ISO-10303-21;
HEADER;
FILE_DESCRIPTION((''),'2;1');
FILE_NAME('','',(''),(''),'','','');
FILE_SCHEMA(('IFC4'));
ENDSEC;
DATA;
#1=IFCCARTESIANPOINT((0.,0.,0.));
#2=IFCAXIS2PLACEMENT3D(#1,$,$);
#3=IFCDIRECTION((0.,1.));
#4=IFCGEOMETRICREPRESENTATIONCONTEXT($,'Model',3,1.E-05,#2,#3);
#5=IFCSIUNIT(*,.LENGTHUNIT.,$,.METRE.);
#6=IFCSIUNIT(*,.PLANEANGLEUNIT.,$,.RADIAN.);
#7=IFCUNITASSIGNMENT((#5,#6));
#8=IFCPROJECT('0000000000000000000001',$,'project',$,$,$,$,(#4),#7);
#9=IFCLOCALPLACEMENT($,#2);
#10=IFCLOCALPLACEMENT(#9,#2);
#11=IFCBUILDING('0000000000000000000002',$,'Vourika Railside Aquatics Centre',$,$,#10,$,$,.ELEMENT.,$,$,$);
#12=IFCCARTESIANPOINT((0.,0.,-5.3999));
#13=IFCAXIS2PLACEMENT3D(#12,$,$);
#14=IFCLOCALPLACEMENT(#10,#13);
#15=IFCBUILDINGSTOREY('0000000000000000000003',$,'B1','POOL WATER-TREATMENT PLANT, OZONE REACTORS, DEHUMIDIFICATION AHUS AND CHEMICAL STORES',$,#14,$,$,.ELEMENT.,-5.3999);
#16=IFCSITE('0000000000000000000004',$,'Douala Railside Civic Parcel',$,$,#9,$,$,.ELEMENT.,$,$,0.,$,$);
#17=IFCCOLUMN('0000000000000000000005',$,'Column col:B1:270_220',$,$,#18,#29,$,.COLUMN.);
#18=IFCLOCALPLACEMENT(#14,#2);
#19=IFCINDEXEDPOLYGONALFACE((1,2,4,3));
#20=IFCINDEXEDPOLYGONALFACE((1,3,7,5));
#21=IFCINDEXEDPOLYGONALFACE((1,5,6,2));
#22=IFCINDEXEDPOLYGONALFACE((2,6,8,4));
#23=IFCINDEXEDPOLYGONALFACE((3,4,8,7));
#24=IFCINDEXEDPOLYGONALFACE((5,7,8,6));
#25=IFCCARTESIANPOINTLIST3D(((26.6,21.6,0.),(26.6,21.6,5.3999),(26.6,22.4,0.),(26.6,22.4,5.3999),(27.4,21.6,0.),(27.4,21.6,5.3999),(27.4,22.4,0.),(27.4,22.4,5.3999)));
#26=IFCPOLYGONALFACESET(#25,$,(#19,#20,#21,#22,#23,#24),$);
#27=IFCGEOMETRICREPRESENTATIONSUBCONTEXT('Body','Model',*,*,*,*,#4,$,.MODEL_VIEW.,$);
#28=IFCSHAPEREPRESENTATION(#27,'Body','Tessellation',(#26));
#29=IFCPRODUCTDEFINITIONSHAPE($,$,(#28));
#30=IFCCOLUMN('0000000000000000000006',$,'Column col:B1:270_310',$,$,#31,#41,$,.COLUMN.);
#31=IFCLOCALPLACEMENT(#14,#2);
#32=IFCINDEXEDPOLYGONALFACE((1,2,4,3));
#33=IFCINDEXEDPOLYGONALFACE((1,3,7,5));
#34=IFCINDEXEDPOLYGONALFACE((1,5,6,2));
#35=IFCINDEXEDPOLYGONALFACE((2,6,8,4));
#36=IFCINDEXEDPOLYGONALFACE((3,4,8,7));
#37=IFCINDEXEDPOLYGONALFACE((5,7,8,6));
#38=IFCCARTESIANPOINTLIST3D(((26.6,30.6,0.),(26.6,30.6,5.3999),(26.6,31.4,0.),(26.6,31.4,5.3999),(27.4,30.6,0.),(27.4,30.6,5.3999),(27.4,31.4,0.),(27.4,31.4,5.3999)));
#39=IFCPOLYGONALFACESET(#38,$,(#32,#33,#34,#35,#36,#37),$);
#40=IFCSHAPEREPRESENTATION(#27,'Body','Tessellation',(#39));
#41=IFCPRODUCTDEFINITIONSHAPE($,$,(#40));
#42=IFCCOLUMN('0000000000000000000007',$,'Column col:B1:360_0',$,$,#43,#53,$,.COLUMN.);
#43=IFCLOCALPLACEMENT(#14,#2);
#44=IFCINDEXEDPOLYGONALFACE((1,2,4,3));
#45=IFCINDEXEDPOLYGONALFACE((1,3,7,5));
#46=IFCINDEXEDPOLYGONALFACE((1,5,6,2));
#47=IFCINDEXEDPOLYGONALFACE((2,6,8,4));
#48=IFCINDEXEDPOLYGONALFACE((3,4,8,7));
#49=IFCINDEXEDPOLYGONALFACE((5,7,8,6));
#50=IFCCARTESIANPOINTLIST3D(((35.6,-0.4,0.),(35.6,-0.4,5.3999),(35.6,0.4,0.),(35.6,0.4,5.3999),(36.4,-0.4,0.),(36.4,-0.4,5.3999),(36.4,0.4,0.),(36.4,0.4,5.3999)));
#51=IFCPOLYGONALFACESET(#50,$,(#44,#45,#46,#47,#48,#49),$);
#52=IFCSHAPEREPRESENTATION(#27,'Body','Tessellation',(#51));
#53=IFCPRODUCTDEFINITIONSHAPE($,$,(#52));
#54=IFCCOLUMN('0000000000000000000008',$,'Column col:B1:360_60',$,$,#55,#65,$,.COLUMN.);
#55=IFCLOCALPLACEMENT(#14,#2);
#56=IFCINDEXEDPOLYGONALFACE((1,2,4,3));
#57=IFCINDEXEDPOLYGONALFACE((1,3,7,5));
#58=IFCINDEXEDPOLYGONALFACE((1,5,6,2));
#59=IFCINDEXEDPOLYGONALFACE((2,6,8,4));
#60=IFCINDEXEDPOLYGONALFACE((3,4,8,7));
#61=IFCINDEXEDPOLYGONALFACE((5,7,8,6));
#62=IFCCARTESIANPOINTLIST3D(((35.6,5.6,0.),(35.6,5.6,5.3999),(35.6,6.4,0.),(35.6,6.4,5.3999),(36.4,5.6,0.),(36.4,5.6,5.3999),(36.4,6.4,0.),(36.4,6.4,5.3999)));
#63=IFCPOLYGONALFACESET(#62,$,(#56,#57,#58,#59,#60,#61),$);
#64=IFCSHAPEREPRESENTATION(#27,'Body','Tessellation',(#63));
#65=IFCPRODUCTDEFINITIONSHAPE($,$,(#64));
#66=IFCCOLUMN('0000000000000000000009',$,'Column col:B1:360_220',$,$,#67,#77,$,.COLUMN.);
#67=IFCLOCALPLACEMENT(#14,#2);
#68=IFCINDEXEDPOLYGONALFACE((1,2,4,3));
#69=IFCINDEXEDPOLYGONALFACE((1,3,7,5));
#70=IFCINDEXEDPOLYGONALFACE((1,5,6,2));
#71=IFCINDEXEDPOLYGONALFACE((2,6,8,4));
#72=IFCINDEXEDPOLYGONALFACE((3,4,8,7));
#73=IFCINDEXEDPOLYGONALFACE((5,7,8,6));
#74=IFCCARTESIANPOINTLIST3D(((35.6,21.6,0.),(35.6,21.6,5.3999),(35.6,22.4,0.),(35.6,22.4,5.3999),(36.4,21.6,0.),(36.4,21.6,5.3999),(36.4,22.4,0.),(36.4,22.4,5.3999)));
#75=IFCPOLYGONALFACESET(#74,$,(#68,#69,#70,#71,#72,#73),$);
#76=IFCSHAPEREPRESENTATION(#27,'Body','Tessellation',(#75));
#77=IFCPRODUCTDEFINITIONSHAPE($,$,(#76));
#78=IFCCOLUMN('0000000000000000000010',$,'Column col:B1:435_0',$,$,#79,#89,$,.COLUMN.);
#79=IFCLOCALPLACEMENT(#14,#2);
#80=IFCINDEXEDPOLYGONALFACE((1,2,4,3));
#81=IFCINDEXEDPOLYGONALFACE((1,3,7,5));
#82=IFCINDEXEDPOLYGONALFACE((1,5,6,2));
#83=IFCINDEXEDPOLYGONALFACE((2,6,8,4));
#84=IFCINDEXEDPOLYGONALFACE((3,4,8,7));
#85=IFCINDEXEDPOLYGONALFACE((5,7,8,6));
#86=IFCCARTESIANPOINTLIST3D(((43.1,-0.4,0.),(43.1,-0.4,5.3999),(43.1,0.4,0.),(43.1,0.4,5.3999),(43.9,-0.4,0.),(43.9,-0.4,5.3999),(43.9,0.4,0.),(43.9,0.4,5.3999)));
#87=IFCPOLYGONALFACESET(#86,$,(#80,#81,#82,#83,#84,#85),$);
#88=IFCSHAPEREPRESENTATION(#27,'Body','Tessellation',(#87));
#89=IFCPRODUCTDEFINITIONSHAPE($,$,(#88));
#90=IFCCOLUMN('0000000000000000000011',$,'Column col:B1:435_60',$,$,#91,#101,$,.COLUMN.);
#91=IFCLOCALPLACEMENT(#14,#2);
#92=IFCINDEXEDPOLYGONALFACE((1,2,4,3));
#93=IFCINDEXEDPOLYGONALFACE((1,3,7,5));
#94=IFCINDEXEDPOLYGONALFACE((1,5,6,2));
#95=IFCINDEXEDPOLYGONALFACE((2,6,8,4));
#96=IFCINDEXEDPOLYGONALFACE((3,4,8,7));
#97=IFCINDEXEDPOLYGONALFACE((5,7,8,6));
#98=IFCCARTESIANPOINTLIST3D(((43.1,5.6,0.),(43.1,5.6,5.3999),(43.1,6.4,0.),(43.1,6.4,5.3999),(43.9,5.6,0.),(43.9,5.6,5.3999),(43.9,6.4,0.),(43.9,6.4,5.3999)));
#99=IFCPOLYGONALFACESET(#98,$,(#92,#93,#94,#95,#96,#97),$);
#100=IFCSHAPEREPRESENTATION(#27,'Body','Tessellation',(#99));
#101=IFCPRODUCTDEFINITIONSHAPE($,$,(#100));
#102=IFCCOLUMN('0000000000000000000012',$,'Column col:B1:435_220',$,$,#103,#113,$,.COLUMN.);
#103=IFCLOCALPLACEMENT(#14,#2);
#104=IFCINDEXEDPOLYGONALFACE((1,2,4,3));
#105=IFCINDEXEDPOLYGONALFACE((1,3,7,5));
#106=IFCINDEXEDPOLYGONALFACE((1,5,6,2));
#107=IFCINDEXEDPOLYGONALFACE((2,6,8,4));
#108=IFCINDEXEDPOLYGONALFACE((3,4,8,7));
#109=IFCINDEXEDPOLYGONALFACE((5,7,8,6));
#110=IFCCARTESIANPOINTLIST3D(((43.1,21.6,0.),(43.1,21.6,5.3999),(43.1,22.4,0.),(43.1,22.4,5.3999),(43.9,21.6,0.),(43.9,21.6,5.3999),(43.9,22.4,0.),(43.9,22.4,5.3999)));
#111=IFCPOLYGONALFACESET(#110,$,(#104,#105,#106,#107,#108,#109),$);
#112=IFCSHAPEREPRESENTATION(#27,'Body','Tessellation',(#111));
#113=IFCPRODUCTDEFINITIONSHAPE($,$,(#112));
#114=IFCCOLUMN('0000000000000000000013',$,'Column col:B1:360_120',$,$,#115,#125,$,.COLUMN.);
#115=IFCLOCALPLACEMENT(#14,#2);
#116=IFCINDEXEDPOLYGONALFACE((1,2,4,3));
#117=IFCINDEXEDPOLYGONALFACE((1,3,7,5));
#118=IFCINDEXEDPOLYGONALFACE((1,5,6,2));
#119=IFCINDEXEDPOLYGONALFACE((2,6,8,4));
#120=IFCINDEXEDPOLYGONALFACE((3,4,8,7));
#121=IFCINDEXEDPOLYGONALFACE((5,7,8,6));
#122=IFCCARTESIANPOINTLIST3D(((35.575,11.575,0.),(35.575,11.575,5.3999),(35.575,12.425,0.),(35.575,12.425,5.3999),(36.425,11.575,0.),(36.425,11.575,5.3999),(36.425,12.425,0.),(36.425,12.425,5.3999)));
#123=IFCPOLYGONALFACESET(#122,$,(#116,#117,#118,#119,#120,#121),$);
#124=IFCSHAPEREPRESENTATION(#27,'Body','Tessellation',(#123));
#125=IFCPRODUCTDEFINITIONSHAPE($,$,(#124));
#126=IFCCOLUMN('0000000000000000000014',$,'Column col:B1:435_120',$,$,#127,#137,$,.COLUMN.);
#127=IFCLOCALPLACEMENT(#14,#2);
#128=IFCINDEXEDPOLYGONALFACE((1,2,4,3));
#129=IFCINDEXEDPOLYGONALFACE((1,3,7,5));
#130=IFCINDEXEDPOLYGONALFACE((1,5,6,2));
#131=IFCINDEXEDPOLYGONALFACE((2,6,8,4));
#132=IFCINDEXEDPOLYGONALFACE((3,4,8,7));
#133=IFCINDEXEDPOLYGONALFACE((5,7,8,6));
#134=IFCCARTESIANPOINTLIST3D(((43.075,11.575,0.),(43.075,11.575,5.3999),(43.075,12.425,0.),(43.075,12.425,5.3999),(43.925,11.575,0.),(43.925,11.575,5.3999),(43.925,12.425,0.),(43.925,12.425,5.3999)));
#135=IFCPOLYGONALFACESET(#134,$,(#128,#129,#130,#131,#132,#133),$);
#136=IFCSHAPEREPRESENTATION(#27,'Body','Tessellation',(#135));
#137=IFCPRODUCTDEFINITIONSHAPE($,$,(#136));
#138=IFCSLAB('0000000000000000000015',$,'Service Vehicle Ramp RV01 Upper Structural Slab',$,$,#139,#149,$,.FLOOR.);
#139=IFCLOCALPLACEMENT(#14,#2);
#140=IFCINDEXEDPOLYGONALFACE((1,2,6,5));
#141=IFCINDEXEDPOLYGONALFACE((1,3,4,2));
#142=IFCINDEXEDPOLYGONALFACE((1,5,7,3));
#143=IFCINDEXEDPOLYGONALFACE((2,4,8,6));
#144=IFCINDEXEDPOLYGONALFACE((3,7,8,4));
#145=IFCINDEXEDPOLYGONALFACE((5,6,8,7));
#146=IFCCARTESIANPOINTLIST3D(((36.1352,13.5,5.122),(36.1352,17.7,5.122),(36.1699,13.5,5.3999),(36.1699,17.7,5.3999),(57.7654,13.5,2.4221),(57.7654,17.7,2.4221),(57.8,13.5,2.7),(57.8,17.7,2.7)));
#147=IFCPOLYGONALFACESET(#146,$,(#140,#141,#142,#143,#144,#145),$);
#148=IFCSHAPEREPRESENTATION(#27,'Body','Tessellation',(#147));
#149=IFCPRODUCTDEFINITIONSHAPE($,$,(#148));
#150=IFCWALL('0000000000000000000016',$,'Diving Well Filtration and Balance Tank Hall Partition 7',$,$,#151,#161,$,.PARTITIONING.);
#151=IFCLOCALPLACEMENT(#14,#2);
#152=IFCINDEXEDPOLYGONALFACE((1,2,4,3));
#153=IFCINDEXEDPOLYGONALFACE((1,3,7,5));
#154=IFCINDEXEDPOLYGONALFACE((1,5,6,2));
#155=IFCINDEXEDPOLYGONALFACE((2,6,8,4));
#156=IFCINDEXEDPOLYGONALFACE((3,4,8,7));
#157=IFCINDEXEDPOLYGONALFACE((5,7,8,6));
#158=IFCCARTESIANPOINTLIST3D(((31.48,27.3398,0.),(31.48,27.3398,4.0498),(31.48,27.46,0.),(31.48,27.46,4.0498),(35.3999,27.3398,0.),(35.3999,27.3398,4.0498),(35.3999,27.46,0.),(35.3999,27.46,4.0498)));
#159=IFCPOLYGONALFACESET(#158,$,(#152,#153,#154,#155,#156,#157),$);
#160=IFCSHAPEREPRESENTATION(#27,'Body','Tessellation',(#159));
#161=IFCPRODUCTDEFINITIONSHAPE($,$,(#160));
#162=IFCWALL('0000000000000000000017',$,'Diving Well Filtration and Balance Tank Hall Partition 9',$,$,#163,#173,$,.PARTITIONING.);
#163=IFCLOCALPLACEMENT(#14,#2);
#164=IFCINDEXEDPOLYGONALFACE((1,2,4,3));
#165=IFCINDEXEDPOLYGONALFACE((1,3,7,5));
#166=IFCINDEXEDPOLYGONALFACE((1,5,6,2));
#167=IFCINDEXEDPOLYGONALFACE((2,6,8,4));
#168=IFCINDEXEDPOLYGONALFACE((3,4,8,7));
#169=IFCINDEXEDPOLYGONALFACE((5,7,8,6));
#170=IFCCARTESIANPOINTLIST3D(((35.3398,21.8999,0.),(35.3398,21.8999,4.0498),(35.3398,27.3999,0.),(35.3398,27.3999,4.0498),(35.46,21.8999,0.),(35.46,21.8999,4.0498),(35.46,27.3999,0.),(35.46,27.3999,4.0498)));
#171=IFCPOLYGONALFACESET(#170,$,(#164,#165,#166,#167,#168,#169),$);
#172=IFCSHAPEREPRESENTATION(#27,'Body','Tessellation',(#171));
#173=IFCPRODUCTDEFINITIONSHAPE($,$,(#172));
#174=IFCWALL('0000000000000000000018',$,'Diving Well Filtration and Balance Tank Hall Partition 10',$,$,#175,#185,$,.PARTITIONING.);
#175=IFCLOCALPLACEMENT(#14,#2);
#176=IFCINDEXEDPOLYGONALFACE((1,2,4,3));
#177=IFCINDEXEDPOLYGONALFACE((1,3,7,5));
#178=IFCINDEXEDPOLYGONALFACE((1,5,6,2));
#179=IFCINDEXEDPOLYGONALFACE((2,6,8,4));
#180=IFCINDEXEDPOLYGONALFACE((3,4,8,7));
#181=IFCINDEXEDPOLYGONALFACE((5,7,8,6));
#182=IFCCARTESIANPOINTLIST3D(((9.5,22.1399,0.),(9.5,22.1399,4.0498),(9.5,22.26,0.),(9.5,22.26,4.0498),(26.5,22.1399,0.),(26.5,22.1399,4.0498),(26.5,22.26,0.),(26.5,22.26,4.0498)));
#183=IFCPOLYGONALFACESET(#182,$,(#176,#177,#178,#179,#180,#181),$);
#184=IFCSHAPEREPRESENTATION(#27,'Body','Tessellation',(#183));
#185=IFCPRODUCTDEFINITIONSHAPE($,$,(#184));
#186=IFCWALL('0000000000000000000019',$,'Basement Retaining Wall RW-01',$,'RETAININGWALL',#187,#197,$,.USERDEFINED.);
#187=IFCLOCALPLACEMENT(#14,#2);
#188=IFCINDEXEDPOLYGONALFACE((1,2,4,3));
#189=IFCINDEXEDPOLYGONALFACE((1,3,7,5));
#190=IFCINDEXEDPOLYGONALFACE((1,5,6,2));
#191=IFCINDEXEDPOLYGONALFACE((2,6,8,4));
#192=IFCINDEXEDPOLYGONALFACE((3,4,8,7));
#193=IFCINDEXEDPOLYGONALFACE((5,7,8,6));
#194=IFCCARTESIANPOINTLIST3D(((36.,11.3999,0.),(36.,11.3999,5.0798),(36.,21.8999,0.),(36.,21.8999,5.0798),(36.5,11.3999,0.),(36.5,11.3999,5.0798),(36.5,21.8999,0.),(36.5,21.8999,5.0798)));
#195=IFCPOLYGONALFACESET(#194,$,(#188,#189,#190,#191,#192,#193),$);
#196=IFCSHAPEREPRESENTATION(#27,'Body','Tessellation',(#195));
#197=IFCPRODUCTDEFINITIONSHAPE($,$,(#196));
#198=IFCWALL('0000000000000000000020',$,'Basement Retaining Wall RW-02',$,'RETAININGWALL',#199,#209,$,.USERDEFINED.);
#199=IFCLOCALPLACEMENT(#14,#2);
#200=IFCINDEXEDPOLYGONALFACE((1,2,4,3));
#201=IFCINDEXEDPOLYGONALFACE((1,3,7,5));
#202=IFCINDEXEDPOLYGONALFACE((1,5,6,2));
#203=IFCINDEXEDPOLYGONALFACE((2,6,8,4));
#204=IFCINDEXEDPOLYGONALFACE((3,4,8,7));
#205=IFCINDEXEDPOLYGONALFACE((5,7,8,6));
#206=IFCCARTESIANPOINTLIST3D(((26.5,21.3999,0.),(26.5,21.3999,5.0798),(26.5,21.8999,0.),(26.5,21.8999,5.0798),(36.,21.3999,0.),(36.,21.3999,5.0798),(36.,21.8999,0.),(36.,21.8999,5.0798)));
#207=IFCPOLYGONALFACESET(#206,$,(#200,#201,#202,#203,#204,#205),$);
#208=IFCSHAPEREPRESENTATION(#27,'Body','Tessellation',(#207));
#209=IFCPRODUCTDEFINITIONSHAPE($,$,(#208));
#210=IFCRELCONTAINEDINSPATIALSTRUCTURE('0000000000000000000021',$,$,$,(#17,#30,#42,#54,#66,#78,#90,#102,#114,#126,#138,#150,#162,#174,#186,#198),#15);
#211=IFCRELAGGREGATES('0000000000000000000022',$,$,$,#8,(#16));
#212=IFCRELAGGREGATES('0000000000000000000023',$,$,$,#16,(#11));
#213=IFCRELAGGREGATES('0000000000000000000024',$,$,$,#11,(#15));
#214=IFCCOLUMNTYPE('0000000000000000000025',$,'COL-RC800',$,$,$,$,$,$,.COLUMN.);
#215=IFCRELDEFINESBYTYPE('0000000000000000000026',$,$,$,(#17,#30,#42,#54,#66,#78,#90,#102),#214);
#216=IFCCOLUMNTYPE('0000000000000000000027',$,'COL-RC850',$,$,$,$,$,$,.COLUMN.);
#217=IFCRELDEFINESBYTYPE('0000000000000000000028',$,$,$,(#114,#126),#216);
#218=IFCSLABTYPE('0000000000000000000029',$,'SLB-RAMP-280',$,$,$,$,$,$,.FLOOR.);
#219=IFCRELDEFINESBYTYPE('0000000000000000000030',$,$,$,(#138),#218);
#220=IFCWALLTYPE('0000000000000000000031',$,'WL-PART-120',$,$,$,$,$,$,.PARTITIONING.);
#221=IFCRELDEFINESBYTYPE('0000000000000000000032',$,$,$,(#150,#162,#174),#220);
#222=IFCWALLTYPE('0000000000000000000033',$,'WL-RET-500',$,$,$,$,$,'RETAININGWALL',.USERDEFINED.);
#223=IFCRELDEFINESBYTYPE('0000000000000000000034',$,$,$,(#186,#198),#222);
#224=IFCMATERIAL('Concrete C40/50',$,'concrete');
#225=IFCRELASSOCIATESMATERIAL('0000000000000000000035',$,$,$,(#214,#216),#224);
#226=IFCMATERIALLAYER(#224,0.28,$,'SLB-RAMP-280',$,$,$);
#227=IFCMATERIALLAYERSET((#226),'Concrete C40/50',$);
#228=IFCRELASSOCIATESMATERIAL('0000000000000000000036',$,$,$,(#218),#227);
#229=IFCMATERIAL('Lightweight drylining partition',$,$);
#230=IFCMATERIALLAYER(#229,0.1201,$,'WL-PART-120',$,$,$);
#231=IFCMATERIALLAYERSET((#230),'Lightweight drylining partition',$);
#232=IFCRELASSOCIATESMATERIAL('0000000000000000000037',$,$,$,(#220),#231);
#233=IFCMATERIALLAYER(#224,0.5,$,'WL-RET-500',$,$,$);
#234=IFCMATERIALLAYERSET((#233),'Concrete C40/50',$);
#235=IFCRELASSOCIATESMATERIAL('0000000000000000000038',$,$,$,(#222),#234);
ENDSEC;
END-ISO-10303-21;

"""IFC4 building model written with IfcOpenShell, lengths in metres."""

from ifc_helpers import new_model, si_unit, direction, frame, frame_2d, origin, origin_2d, place, context, subcontext, project, spatial, polyline, rectangle, outline, extrude, material, layer, layer_set, material_profile, profile_set, type_object, element, save


model = new_model("IFC4")

# Units and contexts
model_context = context("Model", 3, precision=1e-05, world=origin(), true_north=direction((0.0, 1.0)))
body_context = subcontext(model_context, "Body", "Model", "MODEL_VIEW")
ifc_project = project(units=[si_unit("LENGTHUNIT", "METRE"), si_unit("PLANEANGLEUNIT", "RADIAN")], contexts=[model_context])

# Site, building, storey
site_placement = place(None, origin())
site = spatial("IfcSite", under=ifc_project, at=site_placement, Name="Douala Railside Civic Parcel", CompositionType="ELEMENT", RefElevation=0.0)
building_placement = place(site_placement, origin())
building = spatial("IfcBuilding", under=site, at=building_placement, Name="Vourika Railside Aquatics Centre", CompositionType="ELEMENT")
storey_placement = place(building_placement, frame((0.0, 0.0, -5.3999)))
storey = spatial("IfcBuildingStorey", under=building, at=storey_placement, Name="B1", Description="POOL WATER-TREATMENT PLANT, OZONE REACTORS, DEHUMIDIFICATION AHUS AND CHEMICAL STORES", CompositionType="ELEMENT", Elevation=-5.3999)

# Shared definitions
ifc_material_1 = material(Name="Concrete C40/50", Category="concrete")

# Columns
ifc_material_profile_1 = material_profile(ifc_material_1, rectangle(XDim=0.8, YDim=0.8, at=origin_2d()), Name="RC 800x800")
ifc_profile_set_1 = profile_set([ifc_material_profile_1], Name="Concrete C40/50")
column_type_1 = type_object("IfcColumnType", Name="COL-RC800", PredefinedType="COLUMN", material=ifc_profile_set_1)
for number, where, z_axis, x_axis, name in (
    (1, (27.0, 22.0, 0.0), (0.0, 0.0, 1.0), (1.0, 0.0, 0.0), "Column col:B1:270_220"),
    (2, (27.0, 31.0, 0.0), (0.0, 0.0, 1.0), (1.0, 0.0, 0.0), "Column col:B1:270_310"),
    (3, (36.0, 0.0, 0.0), (0.0, 0.0, 1.0), (1.0, 0.0, 0.0), "Column col:B1:360_0"),
    (4, (36.0, 6.0, 0.0), (0.0, 0.0, 1.0), (1.0, 0.0, 0.0), "Column col:B1:360_60"),
    (5, (36.0, 22.0, 0.0), (0.0, 0.0, 1.0), (1.0, 0.0, 0.0), "Column col:B1:360_220"),
    (6, (43.5, 0.0, 0.0), (0.0, 0.0, 1.0), (1.0, 0.0, 0.0), "Column col:B1:435_0"),
    (7, (43.5, 6.0, 0.0), (0.0, 0.0, 1.0), (1.0, 0.0, 0.0), "Column col:B1:435_60"),
    (8, (43.5, 22.0, 0.0), (0.0, 0.0, 1.0), (1.0, 0.0, 0.0), "Column col:B1:435_220"),
):
    element("IfcColumn", number, at=place(storey_placement, frame(where, z_axis=z_axis, x_axis=x_axis)), inside=storey, type_object=column_type_1, Name=name, PredefinedType="COLUMN", context=body_context, shape_type="SweptSolid", body=[
        extrude(rectangle(XDim=0.8, YDim=0.8, at=origin_2d()), origin(), (0.0, 0.0, 1.0), 5.3999),
    ])
ifc_material_profile_2 = material_profile(ifc_material_1, rectangle(XDim=0.8501, YDim=0.8501, at=origin_2d()), Name="RC 850x850")
ifc_profile_set_2 = profile_set([ifc_material_profile_2], Name="Concrete C40/50")
column_type_2 = type_object("IfcColumnType", Name="COL-RC850", PredefinedType="COLUMN", material=ifc_profile_set_2)
for number, where, z_axis, x_axis, name in (
    (9, (36.0, 12.0, 0.0), (0.0, 0.0, 1.0), (1.0, 0.0, 0.0), "Column col:B1:360_120"),
    (10, (43.5, 12.0, 0.0), (0.0, 0.0, 1.0), (1.0, 0.0, 0.0), "Column col:B1:435_120"),
):
    element("IfcColumn", number, at=place(storey_placement, frame(where, z_axis=z_axis, x_axis=x_axis)), inside=storey, type_object=column_type_2, Name=name, PredefinedType="COLUMN", context=body_context, shape_type="SweptSolid", body=[
        extrude(rectangle(XDim=0.8501, YDim=0.8501, at=origin_2d()), origin(), (0.0, 0.0, 1.0), 5.3999),
    ])

# Slab
ifc_layer_1 = layer(ifc_material_1, 0.28, Name="SLB-RAMP-280")
ifc_layer_set_1 = layer_set([ifc_layer_1], Name="Concrete C40/50")
slab_type = type_object("IfcSlabType", Name="SLB-RAMP-280", PredefinedType="FLOOR", material=ifc_layer_set_1)
slab_placement = place(storey_placement, frame((36.1699, 13.5, 5.3999), z_axis=(0.123862, 0.0, 0.992299), x_axis=(0.992299, 0.0, -0.123862)))
element("IfcSlab", 11, at=slab_placement, inside=storey, type_object=slab_type, Name="Service Vehicle Ramp RV01 Upper Structural Slab", PredefinedType="FLOOR", context=body_context, shape_type="SweptSolid", body=[
    extrude(outline(polyline([(0.0, 0.0), (21.798, 0.0), (21.798, 4.2), (0.0, 4.2), (0.0, 0.0)])), origin(), (0.0, 0.0, -1.0), 0.28),
])

# Walls
ifc_material_2 = material(Name="Lightweight drylining partition")
ifc_layer_2 = layer(ifc_material_2, 0.1201, Name="WL-PART-120")
ifc_layer_set_2 = layer_set([ifc_layer_2], Name="Lightweight drylining partition")
wall_type_1 = type_object("IfcWallType", Name="WL-PART-120", PredefinedType="PARTITIONING", material=ifc_layer_set_2)
wall_1_placement = place(storey_placement, frame((31.48, 27.3999, 0.0), z_axis=(0.0, 0.0, 1.0), x_axis=(1.0, 0.0, 0.0)))
element("IfcWall", 12, at=wall_1_placement, inside=storey, type_object=wall_type_1, Name="Diving Well Filtration and Balance Tank Hall Partition 7", PredefinedType="PARTITIONING", context=body_context, shape_type="SweptSolid", body=[
    extrude(rectangle(XDim=3.9199, YDim=0.1201, at=frame_2d((1.96, 0.0))), origin(), (0.0, 0.0, 1.0), 4.0498),
])
wall_2_placement = place(storey_placement, frame((35.3999, 27.3999, 0.0), z_axis=(0.0, 0.0, 1.0), x_axis=(0.0, -1.0, 0.0)))
element("IfcWall", 13, at=wall_2_placement, inside=storey, type_object=wall_type_1, Name="Diving Well Filtration and Balance Tank Hall Partition 9", PredefinedType="PARTITIONING", context=body_context, shape_type="SweptSolid", body=[
    extrude(rectangle(XDim=5.5, YDim=0.1201, at=frame_2d((2.75, 0.0))), origin(), (0.0, 0.0, 1.0), 4.0498),
])
wall_3_placement = place(storey_placement, frame((26.5, 22.2, 0.0), z_axis=(0.0, 0.0, 1.0), x_axis=(-1.0, 0.0, 0.0)))
element("IfcWall", 14, at=wall_3_placement, inside=storey, type_object=wall_type_1, Name="Diving Well Filtration and Balance Tank Hall Partition 10", PredefinedType="PARTITIONING", context=body_context, shape_type="SweptSolid", body=[
    extrude(rectangle(XDim=17.0, YDim=0.1201, at=frame_2d((8.5, 0.0))), origin(), (0.0, 0.0, 1.0), 4.0498),
])
ifc_layer_3 = layer(ifc_material_1, 0.5, Name="WL-RET-500")
ifc_layer_set_3 = layer_set([ifc_layer_3], Name="Concrete C40/50")
wall_type_2 = type_object("IfcWallType", Name="WL-RET-500", ElementType="RETAININGWALL", PredefinedType="USERDEFINED", material=ifc_layer_set_3)
wall_4_placement = place(storey_placement, frame((36.25, 11.3999, 0.0), z_axis=(0.0, 0.0, 1.0), x_axis=(0.0, 1.0, 0.0)))
element("IfcWall", 15, at=wall_4_placement, inside=storey, type_object=wall_type_2, Name="Basement Retaining Wall RW-01", ObjectType="RETAININGWALL", PredefinedType="USERDEFINED", context=body_context, shape_type="SweptSolid", body=[
    extrude(rectangle(XDim=10.5, YDim=0.5, at=frame_2d((5.25, 0.0))), origin(), (0.0, 0.0, 1.0), 5.0798),
])
wall_5_placement = place(storey_placement, frame((36.0, 21.6499, 0.0), z_axis=(0.0, 0.0, 1.0), x_axis=(-1.0, 0.0, 0.0)))
element("IfcWall", 16, at=wall_5_placement, inside=storey, type_object=wall_type_2, Name="Basement Retaining Wall RW-02", ObjectType="RETAININGWALL", PredefinedType="USERDEFINED", context=body_context, shape_type="SweptSolid", body=[
    extrude(rectangle(XDim=9.5, YDim=0.5, at=frame_2d((4.75, 0.0))), origin(), (0.0, 0.0, 1.0), 5.0798),
])

save(model, "model.ifc")
